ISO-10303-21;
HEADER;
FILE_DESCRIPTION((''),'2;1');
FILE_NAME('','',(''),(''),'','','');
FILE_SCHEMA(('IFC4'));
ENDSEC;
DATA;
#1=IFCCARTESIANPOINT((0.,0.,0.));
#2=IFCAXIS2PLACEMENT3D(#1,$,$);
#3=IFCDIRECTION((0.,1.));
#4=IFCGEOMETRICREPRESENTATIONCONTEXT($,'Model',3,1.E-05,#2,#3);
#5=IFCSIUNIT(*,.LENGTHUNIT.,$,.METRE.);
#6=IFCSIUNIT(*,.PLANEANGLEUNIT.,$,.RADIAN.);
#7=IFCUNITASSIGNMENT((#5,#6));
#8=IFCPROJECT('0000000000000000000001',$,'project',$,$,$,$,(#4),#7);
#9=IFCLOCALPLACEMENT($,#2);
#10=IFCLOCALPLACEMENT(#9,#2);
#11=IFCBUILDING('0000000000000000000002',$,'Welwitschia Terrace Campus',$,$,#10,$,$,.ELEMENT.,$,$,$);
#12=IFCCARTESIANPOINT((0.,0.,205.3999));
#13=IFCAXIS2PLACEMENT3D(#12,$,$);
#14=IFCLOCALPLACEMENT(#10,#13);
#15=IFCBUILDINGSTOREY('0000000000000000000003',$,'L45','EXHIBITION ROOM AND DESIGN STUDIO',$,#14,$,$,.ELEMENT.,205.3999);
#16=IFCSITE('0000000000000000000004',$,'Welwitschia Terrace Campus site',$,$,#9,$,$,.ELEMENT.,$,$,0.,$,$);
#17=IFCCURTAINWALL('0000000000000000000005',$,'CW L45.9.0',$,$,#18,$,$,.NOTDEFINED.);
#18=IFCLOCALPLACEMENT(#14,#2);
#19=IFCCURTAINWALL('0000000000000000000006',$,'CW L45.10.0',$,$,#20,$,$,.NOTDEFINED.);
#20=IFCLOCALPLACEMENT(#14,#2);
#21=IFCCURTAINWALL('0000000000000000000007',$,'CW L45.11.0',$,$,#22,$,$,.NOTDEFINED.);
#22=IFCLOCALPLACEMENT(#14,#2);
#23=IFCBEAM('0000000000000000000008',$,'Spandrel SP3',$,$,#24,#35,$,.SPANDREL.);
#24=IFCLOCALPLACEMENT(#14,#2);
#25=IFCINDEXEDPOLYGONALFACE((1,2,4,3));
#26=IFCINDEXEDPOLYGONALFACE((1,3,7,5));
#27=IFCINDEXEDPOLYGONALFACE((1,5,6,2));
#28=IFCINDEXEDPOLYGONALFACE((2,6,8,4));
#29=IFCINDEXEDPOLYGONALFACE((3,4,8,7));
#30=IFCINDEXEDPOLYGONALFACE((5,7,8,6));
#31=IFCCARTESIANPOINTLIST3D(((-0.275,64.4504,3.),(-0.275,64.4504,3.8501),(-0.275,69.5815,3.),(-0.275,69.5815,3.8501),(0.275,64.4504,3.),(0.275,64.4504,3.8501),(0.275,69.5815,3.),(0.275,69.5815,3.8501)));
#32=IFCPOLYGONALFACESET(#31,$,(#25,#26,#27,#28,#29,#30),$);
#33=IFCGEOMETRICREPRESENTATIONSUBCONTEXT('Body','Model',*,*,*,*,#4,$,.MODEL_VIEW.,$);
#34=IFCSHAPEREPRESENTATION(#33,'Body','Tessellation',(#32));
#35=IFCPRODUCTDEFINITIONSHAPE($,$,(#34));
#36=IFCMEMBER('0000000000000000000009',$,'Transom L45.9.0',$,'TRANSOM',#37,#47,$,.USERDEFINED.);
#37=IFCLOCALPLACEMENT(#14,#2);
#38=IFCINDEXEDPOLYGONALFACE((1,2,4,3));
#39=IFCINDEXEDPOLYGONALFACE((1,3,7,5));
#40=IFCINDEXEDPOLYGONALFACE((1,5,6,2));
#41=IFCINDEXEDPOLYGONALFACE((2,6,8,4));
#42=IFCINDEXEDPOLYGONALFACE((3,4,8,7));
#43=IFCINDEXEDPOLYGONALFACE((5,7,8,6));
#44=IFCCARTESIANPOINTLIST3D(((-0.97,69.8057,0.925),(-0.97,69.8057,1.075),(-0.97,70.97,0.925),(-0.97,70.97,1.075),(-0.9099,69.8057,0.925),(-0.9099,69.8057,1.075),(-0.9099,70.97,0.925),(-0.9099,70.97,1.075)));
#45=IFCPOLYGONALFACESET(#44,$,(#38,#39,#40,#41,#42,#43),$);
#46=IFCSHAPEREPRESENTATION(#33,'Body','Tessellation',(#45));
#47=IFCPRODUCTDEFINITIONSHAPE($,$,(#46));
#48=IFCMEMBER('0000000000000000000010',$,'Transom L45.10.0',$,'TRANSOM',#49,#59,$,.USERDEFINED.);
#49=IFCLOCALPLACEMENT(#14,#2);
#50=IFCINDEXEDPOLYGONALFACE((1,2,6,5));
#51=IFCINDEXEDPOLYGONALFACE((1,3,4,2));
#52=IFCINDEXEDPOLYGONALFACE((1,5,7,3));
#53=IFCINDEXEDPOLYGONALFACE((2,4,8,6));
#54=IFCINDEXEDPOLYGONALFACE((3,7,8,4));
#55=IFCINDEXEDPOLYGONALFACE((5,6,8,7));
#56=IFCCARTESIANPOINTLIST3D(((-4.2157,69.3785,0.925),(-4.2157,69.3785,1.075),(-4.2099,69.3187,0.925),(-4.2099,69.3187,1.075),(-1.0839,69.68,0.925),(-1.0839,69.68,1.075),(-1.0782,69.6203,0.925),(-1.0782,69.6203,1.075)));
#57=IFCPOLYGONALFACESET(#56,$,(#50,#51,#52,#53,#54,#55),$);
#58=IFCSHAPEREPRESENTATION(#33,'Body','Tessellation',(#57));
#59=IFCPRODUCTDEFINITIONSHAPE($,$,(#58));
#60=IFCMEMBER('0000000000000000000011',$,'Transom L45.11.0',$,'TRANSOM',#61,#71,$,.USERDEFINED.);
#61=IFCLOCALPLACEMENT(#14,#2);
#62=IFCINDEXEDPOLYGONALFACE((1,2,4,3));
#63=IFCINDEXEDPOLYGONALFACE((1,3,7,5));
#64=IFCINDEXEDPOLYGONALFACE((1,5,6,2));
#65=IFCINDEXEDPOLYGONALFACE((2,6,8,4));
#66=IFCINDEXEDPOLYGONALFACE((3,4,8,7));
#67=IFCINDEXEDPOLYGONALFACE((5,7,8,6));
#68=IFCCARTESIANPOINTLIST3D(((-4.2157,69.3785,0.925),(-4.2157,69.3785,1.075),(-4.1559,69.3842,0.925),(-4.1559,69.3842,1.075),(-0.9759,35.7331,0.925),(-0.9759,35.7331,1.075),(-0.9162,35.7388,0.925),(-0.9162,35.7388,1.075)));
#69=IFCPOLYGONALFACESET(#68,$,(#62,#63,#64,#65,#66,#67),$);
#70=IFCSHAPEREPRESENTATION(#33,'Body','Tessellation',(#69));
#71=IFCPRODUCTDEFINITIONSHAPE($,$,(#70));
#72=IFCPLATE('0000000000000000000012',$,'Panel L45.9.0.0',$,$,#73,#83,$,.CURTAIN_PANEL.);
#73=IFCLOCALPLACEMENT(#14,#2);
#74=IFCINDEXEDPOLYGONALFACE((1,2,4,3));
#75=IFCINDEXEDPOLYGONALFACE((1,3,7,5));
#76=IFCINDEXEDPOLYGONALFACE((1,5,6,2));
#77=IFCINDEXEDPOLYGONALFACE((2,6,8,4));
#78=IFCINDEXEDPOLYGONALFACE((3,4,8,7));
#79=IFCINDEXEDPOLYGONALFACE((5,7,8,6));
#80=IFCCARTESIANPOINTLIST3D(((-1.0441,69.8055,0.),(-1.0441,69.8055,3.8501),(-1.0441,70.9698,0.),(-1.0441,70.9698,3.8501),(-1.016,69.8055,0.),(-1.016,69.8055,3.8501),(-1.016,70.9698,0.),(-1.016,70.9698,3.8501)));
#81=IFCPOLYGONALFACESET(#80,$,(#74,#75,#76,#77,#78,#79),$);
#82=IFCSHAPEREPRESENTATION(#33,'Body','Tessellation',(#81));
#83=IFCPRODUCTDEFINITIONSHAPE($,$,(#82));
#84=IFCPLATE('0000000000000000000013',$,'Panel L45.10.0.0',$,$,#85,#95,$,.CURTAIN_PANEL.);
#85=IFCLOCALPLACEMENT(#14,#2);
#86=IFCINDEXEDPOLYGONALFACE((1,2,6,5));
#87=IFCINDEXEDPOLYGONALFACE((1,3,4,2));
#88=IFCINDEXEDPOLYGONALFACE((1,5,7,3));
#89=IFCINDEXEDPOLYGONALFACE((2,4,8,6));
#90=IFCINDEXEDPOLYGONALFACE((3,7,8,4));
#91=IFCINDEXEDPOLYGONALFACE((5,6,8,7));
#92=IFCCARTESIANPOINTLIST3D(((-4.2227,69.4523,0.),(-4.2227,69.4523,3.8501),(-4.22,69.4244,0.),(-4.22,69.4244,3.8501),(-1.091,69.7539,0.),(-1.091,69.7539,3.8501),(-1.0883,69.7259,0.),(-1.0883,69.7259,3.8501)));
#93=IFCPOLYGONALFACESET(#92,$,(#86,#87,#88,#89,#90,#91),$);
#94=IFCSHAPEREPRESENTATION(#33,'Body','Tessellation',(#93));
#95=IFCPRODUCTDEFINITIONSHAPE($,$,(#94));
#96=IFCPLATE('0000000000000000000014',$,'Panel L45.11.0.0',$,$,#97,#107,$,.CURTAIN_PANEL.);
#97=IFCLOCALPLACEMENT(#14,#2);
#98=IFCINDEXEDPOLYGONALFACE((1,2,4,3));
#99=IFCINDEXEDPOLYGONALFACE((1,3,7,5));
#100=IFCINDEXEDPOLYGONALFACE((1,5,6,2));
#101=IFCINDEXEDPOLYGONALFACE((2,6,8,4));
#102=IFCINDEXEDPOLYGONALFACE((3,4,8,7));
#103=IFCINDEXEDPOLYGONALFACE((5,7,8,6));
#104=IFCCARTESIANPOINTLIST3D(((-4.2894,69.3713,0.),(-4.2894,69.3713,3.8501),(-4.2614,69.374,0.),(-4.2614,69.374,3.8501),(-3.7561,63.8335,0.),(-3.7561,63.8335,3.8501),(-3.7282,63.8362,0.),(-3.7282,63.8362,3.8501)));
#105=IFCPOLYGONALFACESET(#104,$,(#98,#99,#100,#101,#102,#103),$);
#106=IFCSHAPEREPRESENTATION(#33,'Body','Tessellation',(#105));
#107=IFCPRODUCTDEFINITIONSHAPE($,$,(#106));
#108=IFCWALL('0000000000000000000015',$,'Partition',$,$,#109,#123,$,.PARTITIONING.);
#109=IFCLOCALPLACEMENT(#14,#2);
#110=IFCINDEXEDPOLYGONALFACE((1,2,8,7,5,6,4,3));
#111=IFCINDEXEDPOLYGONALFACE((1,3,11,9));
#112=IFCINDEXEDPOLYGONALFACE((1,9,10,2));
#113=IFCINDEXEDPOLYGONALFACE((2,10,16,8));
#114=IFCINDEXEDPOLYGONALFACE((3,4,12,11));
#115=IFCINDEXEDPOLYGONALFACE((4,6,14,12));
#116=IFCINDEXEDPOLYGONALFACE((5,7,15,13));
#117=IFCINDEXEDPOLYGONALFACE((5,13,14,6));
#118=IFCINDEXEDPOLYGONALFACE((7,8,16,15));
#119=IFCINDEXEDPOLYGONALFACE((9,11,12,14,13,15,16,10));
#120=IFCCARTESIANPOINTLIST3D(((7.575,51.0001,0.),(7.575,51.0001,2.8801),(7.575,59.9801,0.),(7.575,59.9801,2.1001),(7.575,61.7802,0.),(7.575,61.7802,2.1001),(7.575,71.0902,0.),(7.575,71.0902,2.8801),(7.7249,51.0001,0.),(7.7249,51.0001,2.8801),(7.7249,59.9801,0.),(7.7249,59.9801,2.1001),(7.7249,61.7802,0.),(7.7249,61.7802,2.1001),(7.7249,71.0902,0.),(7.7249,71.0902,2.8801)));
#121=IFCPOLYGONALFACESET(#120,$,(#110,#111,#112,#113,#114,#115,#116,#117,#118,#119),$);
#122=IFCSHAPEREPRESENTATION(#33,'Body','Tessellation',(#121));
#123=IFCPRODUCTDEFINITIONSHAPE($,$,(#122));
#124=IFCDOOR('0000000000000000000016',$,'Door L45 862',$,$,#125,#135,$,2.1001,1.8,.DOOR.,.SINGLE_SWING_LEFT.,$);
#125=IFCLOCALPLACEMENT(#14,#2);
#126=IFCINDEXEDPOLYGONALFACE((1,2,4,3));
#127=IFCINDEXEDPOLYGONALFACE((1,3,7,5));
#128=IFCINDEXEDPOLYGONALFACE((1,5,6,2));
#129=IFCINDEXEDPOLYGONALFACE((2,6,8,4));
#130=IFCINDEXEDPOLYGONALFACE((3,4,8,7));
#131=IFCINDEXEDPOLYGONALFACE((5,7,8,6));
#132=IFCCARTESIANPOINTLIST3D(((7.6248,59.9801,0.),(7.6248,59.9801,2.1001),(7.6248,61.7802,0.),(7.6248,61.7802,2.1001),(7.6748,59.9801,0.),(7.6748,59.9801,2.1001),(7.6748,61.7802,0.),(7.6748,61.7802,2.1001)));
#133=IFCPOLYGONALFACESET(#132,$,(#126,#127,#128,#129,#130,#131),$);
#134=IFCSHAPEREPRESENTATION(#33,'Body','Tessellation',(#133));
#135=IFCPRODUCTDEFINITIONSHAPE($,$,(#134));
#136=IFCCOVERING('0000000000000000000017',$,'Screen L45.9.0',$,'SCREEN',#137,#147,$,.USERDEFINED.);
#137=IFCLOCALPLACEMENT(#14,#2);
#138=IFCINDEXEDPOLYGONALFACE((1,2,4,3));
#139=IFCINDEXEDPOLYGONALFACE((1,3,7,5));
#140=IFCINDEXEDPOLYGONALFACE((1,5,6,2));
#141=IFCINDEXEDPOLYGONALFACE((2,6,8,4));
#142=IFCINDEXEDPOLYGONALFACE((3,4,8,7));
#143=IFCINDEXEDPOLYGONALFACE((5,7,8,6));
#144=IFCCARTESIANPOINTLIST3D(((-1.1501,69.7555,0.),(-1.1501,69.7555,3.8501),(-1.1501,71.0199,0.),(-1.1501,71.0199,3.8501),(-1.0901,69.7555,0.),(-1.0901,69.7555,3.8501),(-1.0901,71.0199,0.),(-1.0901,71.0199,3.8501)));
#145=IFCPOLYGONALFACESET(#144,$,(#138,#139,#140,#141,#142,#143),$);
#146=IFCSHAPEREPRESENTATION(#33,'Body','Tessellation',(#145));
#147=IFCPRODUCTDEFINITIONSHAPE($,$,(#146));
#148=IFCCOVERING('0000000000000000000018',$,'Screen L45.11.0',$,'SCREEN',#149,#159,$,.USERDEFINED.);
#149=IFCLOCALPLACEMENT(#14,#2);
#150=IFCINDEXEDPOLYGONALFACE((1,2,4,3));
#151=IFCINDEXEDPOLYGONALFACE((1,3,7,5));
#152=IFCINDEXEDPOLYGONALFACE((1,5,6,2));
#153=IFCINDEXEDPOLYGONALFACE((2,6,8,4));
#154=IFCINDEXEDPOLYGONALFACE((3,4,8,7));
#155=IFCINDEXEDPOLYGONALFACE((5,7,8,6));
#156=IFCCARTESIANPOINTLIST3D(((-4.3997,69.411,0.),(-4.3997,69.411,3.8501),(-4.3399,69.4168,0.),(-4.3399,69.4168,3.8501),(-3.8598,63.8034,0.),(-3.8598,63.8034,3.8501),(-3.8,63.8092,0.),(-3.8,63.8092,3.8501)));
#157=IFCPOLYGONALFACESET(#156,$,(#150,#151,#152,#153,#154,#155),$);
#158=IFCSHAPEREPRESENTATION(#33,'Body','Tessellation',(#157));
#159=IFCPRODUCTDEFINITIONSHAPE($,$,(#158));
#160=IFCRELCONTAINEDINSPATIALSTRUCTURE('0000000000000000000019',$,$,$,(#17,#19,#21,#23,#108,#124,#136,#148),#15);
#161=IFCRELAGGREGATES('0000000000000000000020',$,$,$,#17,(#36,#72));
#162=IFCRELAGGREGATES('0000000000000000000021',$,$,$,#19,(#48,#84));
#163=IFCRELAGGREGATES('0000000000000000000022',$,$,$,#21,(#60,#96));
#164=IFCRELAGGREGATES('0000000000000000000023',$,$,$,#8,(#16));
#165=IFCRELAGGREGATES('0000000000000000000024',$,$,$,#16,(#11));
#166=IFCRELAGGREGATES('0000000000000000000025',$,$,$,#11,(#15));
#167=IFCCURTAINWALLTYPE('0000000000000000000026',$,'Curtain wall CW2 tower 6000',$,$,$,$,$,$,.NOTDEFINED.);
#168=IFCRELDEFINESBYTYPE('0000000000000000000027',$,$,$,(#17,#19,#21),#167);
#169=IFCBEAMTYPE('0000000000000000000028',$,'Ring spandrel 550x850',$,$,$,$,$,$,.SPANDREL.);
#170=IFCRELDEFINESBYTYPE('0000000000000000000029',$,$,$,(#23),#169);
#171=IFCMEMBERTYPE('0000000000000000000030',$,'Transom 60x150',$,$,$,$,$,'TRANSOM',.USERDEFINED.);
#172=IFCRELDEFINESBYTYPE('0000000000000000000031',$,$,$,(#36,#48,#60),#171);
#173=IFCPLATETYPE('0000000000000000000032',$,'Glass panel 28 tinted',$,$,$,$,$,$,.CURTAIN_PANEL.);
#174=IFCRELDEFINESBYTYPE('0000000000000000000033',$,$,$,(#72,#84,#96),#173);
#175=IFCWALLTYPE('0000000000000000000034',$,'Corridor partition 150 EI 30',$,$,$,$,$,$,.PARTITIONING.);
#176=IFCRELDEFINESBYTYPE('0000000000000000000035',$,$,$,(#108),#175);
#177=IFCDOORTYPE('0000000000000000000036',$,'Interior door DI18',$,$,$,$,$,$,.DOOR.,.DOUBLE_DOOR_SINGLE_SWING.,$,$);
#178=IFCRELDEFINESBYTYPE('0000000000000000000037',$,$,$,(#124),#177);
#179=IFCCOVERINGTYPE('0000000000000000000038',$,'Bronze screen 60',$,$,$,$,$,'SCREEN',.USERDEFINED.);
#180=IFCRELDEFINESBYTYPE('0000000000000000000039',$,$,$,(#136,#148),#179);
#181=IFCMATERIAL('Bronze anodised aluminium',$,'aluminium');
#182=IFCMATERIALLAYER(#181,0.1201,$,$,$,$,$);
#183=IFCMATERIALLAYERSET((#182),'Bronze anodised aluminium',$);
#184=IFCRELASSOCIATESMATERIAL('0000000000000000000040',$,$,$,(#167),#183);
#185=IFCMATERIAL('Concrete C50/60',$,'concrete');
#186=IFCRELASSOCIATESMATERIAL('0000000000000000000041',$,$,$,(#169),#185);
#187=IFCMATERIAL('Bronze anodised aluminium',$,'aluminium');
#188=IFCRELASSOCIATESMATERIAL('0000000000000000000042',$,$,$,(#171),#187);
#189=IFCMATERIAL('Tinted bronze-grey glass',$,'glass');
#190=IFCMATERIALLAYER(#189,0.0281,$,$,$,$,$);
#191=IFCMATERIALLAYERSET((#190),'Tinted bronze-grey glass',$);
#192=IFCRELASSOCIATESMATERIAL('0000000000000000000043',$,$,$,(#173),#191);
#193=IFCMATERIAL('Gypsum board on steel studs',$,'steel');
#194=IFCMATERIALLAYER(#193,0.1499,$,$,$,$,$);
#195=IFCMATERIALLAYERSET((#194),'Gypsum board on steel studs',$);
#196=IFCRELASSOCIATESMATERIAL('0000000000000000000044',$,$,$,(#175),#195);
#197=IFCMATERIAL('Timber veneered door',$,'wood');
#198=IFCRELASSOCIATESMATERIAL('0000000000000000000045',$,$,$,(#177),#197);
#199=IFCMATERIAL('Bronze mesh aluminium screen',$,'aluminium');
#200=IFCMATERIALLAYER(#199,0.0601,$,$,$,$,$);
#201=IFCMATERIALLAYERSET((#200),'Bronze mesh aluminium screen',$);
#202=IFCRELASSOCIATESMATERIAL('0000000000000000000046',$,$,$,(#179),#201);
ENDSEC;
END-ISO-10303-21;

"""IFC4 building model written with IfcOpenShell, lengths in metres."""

from ifc_helpers import new_model, si_unit, direction, frame, frame_2d, origin, origin_2d, place, context, subcontext, project, spatial, rectangle, extrude, material, layer, layer_set, material_profile, profile_set, type_object, element, fill, aggregate, save


model = new_model("IFC4")

# Units and contexts
model_context = context("Model", 3, precision=1e-05, world=origin(), true_north=direction((0.0, 1.0)))
body_context = subcontext(model_context, "Body", "Model", "MODEL_VIEW")
ifc_project = project(units=[si_unit("LENGTHUNIT", "METRE"), si_unit("PLANEANGLEUNIT", "RADIAN")], contexts=[model_context])

# Site, building, storey
site_placement = place(None, origin())
site = spatial("IfcSite", under=ifc_project, at=site_placement, Name="Welwitschia Terrace Campus site", CompositionType="ELEMENT", RefElevation=0.0)
building_placement = place(site_placement, origin())
building = spatial("IfcBuilding", under=site, at=building_placement, Name="Welwitschia Terrace Campus", CompositionType="ELEMENT")
storey_placement = place(building_placement, frame((0.0, 0.0, 205.3999)))
storey = spatial("IfcBuildingStorey", under=building, at=storey_placement, Name="L45", Description="EXHIBITION ROOM AND DESIGN STUDIO", CompositionType="ELEMENT", Elevation=205.3999)

# Curtain walls
ifc_material_1 = material(Name="Bronze anodised aluminium", Category="aluminium")
ifc_layer_1 = layer(ifc_material_1, 0.1201)
ifc_layer_set_1 = layer_set([ifc_layer_1], Name="Bronze anodised aluminium")
curtain_wall_type = type_object("IfcCurtainWallType", Name="Curtain wall CW2 tower 6000", PredefinedType="NOTDEFINED", material=ifc_layer_set_1)
curtain_wall_1_placement = place(storey_placement, origin())
curtain_wall_1 = element("IfcCurtainWall", 1, at=curtain_wall_1_placement, inside=storey, type_object=curtain_wall_type, Name="CW L45.9.0", PredefinedType="NOTDEFINED")
curtain_wall_2_placement = place(storey_placement, origin())
curtain_wall_2 = element("IfcCurtainWall", 2, at=curtain_wall_2_placement, inside=storey, type_object=curtain_wall_type, Name="CW L45.10.0", PredefinedType="NOTDEFINED")

# Curtain wall
curtain_wall_3_placement = place(storey_placement, origin())
curtain_wall_3 = element("IfcCurtainWall", 3, at=curtain_wall_3_placement, inside=storey, type_object=curtain_wall_type, Name="CW L45.11.0", PredefinedType="NOTDEFINED")

# Beam
ifc_material_2 = material(Name="Concrete C50/60", Category="concrete")
ifc_material_profile_1 = material_profile(ifc_material_2, rectangle(XDim=0.55, YDim=0.8501, at=origin_2d()))
ifc_profile_set_1 = profile_set([ifc_material_profile_1], Name="Concrete C50/60")
beam_type_1 = type_object("IfcBeamType", Name="Ring spandrel 550x850", PredefinedType="SPANDREL", material=ifc_profile_set_1)
for number, where, z_axis, x_axis, name in (
    (4, (0.0, 69.5815, 3.425), (0.0, -1.0, 0.0), (1.0, 0.0, 0.0), "Spandrel SP3"),
):
    element("IfcBeam", number, at=place(storey_placement, frame(where, z_axis=z_axis, x_axis=x_axis)), inside=storey, type_object=beam_type_1, Name=name, PredefinedType="SPANDREL", context=body_context, shape_type="SweptSolid", body=[
        extrude(rectangle(XDim=0.55, YDim=0.8501, at=origin_2d()), origin(), (0.0, 0.0, 1.0), 5.1311),
    ])

# Members
ifc_material_3 = material(Name="Bronze anodised aluminium", Category="aluminium")
ifc_material_profile_2 = material_profile(ifc_material_3, rectangle(XDim=0.0601, YDim=0.1499, at=origin_2d()))
ifc_profile_set_2 = profile_set([ifc_material_profile_2], Name="Bronze anodised aluminium")
member_type_1 = type_object("IfcMemberType", Name="Transom 60x150", ElementType="TRANSOM", PredefinedType="USERDEFINED", material=ifc_profile_set_2)
member_1_placement = place(storey_placement, frame((-0.9399, 70.97, 1.0), z_axis=(0.0, -1.0, 0.0), x_axis=(1.0, 0.0, 0.0)))
member_1 = element("IfcMember", 5, at=member_1_placement, type_object=member_type_1, Name="Transom L45.9.0", ObjectType="TRANSOM", PredefinedType="USERDEFINED", context=body_context, shape_type="SweptSolid", body=[
    extrude(rectangle(XDim=0.0601, YDim=0.1499, at=origin_2d()), origin(), (0.0, 0.0, 1.0), 1.1643),
])
member_2_placement = place(storey_placement, frame((-1.0811, 69.6501, 1.0), z_axis=(-0.995398, -0.095831, 0.0), x_axis=(0.095831, -0.995398, 0.0)))
member_2 = element("IfcMember", 6, at=member_2_placement, type_object=member_type_1, Name="Transom L45.10.0", ObjectType="TRANSOM", PredefinedType="USERDEFINED", context=body_context, shape_type="SweptSolid", body=[
    extrude(rectangle(XDim=0.0601, YDim=0.1499, at=origin_2d()), origin(), (0.0, 0.0, 1.0), 3.1462),
])
member_3_placement = place(storey_placement, frame((-4.1858, 69.3813, 1.0), z_axis=(0.095847, -0.995396, 0.0), x_axis=(0.995396, 0.095847, 0.0)))
member_3 = element("IfcMember", 7, at=member_3_placement, type_object=member_type_1, Name="Transom L45.11.0", ObjectType="TRANSOM", PredefinedType="USERDEFINED", context=body_context, shape_type="SweptSolid", body=[
    extrude(rectangle(XDim=0.0601, YDim=0.1499, at=origin_2d()), origin(), (0.0, 0.0, 1.0), 33.801),
])

# Plates
ifc_material_4 = material(Name="Tinted bronze-grey glass", Category="glass")
ifc_layer_2 = layer(ifc_material_4, 0.0281)
ifc_layer_set_2 = layer_set([ifc_layer_2], Name="Tinted bronze-grey glass")
plate_type = type_object("IfcPlateType", Name="Glass panel 28 tinted", PredefinedType="CURTAIN_PANEL", material=ifc_layer_set_2)
plate_1_placement = place(storey_placement, frame((-1.03, 70.3877, 0.0), z_axis=(0.0, 0.0, 1.0), x_axis=(0.0, -1.0, 0.0)))
plate_1 = element("IfcPlate", 8, at=plate_1_placement, type_object=plate_type, Name="Panel L45.9.0.0", PredefinedType="CURTAIN_PANEL", context=body_context, shape_type="SweptSolid", body=[
    extrude(rectangle(XDim=1.1643, YDim=0.0281, at=origin_2d()), origin(), (0.0, 0.0, 1.0), 3.8501),
])
aggregate(curtain_wall_1, [member_1, plate_1])
plate_2_placement = place(storey_placement, frame((-2.6555, 69.5891, 0.0), z_axis=(0.0, 0.0, 1.0), x_axis=(-0.995396, -0.095846, 0.0)))
plate_2 = element("IfcPlate", 9, at=plate_2_placement, type_object=plate_type, Name="Panel L45.10.0.0", PredefinedType="CURTAIN_PANEL", context=body_context, shape_type="SweptSolid", body=[
    extrude(rectangle(XDim=3.1462, YDim=0.0281, at=origin_2d()), origin(), (0.0, 0.0, 1.0), 3.8501),
])
aggregate(curtain_wall_2, [member_2, plate_2])
plate_3_placement = place(storey_placement, frame((-4.0088, 66.6038, 0.0), z_axis=(0.0, 0.0, 1.0), x_axis=(0.095846, -0.995396, 0.0)))
plate_3 = element("IfcPlate", 10, at=plate_3_placement, type_object=plate_type, Name="Panel L45.11.0.0", PredefinedType="CURTAIN_PANEL", context=body_context, shape_type="SweptSolid", body=[
    extrude(rectangle(XDim=5.5635, YDim=0.0281, at=origin_2d()), origin(), (0.0, 0.0, 1.0), 3.8501),
])
aggregate(curtain_wall_3, [member_3, plate_3])

# Wall, opening, door
ifc_material_5 = material(Name="Gypsum board on steel studs", Category="steel")
ifc_layer_3 = layer(ifc_material_5, 0.1499)
ifc_layer_set_3 = layer_set([ifc_layer_3], Name="Gypsum board on steel studs")
wall_type = type_object("IfcWallType", Name="Corridor partition 150 EI 30", PredefinedType="PARTITIONING", material=ifc_layer_set_3)
wall_placement = place(storey_placement, frame((7.6499, 71.0901, 0.0), z_axis=(0.0, 0.0, 1.0), x_axis=(0.0, -1.0, 0.0)))
wall = element("IfcWall", 11, at=wall_placement, inside=storey, type_object=wall_type, Name="Partition", PredefinedType="PARTITIONING", context=body_context, shape_type="SweptSolid", body=[
    extrude(rectangle(XDim=20.0901, YDim=0.1499, at=frame_2d((10.0449, 0.0))), origin(), (0.0, 0.0, 1.0), 2.8801),
])
opening_placement = place(wall_placement, frame((9.3101, 0.0, 0.0)))
opening = element("IfcOpeningElement", 12, at=opening_placement, cuts=wall, PredefinedType="OPENING", context=body_context, shape_type="SweptSolid", body=[
    extrude(rectangle(XDim=1.8, YDim=2.1001, at=frame_2d((0.8999, 1.05))), frame((0.0, 0.085, 0.0), z_axis=(0.0, -1.0, 0.0), x_axis=(1.0, 0.0, 0.0)), (0.0, 0.0, 1.0), 0.1699),
])
ifc_material_6 = material(Name="Timber veneered door", Category="wood")
door_type = type_object("IfcDoorType", Name="Interior door DI18", OperationType="DOUBLE_DOOR_SINGLE_SWING", PredefinedType="DOOR", material=ifc_material_6)
door_placement = place(opening_placement, origin())
door = element("IfcDoor", 13, at=door_placement, inside=storey, type_object=door_type, Name="Door L45 862", OperationType="SINGLE_SWING_LEFT", OverallHeight=2.1001, OverallWidth=1.8, PredefinedType="DOOR", context=body_context, shape_type="SweptSolid", body=[
    extrude(rectangle(XDim=1.8, YDim=2.1001, at=frame_2d((0.8999, 1.05))), frame((0.0, 0.0249, 0.0), z_axis=(0.0, -1.0, 0.0), x_axis=(1.0, 0.0, 0.0)), (0.0, 0.0, 1.0), 0.05),
])
fill(opening, door)

# Coverings
ifc_material_7 = material(Name="Bronze mesh aluminium screen", Category="aluminium")
ifc_layer_4 = layer(ifc_material_7, 0.0601)
ifc_layer_set_4 = layer_set([ifc_layer_4], Name="Bronze mesh aluminium screen")
covering_type = type_object("IfcCoveringType", Name="Bronze screen 60", ElementType="SCREEN", PredefinedType="USERDEFINED", material=ifc_layer_set_4)
covering_1_placement = place(storey_placement, frame((-1.1201, 70.3877, 0.0), z_axis=(0.0, 0.0, 1.0), x_axis=(0.0, -1.0, 0.0)))
element("IfcCovering", 14, at=covering_1_placement, inside=storey, type_object=covering_type, Name="Screen L45.9.0", ObjectType="SCREEN", PredefinedType="USERDEFINED", context=body_context, shape_type="SweptSolid", body=[
    extrude(rectangle(XDim=1.2644, YDim=0.0601, at=origin_2d()), origin(), (0.0, 0.0, 1.0), 3.8501),
])
covering_2_placement = place(storey_placement, frame((-4.0999, 66.6101, 0.0), z_axis=(0.0, 0.0, 1.0), x_axis=(0.095846, -0.995396, 0.0)))
element("IfcCovering", 15, at=covering_2_placement, inside=storey, type_object=covering_type, Name="Screen L45.11.0", ObjectType="SCREEN", PredefinedType="USERDEFINED", context=body_context, shape_type="SweptSolid", body=[
    extrude(rectangle(XDim=5.6335, YDim=0.0601, at=origin_2d()), origin(), (0.0, 0.0, 1.0), 3.8501),
])

save(model, "model.ifc")
